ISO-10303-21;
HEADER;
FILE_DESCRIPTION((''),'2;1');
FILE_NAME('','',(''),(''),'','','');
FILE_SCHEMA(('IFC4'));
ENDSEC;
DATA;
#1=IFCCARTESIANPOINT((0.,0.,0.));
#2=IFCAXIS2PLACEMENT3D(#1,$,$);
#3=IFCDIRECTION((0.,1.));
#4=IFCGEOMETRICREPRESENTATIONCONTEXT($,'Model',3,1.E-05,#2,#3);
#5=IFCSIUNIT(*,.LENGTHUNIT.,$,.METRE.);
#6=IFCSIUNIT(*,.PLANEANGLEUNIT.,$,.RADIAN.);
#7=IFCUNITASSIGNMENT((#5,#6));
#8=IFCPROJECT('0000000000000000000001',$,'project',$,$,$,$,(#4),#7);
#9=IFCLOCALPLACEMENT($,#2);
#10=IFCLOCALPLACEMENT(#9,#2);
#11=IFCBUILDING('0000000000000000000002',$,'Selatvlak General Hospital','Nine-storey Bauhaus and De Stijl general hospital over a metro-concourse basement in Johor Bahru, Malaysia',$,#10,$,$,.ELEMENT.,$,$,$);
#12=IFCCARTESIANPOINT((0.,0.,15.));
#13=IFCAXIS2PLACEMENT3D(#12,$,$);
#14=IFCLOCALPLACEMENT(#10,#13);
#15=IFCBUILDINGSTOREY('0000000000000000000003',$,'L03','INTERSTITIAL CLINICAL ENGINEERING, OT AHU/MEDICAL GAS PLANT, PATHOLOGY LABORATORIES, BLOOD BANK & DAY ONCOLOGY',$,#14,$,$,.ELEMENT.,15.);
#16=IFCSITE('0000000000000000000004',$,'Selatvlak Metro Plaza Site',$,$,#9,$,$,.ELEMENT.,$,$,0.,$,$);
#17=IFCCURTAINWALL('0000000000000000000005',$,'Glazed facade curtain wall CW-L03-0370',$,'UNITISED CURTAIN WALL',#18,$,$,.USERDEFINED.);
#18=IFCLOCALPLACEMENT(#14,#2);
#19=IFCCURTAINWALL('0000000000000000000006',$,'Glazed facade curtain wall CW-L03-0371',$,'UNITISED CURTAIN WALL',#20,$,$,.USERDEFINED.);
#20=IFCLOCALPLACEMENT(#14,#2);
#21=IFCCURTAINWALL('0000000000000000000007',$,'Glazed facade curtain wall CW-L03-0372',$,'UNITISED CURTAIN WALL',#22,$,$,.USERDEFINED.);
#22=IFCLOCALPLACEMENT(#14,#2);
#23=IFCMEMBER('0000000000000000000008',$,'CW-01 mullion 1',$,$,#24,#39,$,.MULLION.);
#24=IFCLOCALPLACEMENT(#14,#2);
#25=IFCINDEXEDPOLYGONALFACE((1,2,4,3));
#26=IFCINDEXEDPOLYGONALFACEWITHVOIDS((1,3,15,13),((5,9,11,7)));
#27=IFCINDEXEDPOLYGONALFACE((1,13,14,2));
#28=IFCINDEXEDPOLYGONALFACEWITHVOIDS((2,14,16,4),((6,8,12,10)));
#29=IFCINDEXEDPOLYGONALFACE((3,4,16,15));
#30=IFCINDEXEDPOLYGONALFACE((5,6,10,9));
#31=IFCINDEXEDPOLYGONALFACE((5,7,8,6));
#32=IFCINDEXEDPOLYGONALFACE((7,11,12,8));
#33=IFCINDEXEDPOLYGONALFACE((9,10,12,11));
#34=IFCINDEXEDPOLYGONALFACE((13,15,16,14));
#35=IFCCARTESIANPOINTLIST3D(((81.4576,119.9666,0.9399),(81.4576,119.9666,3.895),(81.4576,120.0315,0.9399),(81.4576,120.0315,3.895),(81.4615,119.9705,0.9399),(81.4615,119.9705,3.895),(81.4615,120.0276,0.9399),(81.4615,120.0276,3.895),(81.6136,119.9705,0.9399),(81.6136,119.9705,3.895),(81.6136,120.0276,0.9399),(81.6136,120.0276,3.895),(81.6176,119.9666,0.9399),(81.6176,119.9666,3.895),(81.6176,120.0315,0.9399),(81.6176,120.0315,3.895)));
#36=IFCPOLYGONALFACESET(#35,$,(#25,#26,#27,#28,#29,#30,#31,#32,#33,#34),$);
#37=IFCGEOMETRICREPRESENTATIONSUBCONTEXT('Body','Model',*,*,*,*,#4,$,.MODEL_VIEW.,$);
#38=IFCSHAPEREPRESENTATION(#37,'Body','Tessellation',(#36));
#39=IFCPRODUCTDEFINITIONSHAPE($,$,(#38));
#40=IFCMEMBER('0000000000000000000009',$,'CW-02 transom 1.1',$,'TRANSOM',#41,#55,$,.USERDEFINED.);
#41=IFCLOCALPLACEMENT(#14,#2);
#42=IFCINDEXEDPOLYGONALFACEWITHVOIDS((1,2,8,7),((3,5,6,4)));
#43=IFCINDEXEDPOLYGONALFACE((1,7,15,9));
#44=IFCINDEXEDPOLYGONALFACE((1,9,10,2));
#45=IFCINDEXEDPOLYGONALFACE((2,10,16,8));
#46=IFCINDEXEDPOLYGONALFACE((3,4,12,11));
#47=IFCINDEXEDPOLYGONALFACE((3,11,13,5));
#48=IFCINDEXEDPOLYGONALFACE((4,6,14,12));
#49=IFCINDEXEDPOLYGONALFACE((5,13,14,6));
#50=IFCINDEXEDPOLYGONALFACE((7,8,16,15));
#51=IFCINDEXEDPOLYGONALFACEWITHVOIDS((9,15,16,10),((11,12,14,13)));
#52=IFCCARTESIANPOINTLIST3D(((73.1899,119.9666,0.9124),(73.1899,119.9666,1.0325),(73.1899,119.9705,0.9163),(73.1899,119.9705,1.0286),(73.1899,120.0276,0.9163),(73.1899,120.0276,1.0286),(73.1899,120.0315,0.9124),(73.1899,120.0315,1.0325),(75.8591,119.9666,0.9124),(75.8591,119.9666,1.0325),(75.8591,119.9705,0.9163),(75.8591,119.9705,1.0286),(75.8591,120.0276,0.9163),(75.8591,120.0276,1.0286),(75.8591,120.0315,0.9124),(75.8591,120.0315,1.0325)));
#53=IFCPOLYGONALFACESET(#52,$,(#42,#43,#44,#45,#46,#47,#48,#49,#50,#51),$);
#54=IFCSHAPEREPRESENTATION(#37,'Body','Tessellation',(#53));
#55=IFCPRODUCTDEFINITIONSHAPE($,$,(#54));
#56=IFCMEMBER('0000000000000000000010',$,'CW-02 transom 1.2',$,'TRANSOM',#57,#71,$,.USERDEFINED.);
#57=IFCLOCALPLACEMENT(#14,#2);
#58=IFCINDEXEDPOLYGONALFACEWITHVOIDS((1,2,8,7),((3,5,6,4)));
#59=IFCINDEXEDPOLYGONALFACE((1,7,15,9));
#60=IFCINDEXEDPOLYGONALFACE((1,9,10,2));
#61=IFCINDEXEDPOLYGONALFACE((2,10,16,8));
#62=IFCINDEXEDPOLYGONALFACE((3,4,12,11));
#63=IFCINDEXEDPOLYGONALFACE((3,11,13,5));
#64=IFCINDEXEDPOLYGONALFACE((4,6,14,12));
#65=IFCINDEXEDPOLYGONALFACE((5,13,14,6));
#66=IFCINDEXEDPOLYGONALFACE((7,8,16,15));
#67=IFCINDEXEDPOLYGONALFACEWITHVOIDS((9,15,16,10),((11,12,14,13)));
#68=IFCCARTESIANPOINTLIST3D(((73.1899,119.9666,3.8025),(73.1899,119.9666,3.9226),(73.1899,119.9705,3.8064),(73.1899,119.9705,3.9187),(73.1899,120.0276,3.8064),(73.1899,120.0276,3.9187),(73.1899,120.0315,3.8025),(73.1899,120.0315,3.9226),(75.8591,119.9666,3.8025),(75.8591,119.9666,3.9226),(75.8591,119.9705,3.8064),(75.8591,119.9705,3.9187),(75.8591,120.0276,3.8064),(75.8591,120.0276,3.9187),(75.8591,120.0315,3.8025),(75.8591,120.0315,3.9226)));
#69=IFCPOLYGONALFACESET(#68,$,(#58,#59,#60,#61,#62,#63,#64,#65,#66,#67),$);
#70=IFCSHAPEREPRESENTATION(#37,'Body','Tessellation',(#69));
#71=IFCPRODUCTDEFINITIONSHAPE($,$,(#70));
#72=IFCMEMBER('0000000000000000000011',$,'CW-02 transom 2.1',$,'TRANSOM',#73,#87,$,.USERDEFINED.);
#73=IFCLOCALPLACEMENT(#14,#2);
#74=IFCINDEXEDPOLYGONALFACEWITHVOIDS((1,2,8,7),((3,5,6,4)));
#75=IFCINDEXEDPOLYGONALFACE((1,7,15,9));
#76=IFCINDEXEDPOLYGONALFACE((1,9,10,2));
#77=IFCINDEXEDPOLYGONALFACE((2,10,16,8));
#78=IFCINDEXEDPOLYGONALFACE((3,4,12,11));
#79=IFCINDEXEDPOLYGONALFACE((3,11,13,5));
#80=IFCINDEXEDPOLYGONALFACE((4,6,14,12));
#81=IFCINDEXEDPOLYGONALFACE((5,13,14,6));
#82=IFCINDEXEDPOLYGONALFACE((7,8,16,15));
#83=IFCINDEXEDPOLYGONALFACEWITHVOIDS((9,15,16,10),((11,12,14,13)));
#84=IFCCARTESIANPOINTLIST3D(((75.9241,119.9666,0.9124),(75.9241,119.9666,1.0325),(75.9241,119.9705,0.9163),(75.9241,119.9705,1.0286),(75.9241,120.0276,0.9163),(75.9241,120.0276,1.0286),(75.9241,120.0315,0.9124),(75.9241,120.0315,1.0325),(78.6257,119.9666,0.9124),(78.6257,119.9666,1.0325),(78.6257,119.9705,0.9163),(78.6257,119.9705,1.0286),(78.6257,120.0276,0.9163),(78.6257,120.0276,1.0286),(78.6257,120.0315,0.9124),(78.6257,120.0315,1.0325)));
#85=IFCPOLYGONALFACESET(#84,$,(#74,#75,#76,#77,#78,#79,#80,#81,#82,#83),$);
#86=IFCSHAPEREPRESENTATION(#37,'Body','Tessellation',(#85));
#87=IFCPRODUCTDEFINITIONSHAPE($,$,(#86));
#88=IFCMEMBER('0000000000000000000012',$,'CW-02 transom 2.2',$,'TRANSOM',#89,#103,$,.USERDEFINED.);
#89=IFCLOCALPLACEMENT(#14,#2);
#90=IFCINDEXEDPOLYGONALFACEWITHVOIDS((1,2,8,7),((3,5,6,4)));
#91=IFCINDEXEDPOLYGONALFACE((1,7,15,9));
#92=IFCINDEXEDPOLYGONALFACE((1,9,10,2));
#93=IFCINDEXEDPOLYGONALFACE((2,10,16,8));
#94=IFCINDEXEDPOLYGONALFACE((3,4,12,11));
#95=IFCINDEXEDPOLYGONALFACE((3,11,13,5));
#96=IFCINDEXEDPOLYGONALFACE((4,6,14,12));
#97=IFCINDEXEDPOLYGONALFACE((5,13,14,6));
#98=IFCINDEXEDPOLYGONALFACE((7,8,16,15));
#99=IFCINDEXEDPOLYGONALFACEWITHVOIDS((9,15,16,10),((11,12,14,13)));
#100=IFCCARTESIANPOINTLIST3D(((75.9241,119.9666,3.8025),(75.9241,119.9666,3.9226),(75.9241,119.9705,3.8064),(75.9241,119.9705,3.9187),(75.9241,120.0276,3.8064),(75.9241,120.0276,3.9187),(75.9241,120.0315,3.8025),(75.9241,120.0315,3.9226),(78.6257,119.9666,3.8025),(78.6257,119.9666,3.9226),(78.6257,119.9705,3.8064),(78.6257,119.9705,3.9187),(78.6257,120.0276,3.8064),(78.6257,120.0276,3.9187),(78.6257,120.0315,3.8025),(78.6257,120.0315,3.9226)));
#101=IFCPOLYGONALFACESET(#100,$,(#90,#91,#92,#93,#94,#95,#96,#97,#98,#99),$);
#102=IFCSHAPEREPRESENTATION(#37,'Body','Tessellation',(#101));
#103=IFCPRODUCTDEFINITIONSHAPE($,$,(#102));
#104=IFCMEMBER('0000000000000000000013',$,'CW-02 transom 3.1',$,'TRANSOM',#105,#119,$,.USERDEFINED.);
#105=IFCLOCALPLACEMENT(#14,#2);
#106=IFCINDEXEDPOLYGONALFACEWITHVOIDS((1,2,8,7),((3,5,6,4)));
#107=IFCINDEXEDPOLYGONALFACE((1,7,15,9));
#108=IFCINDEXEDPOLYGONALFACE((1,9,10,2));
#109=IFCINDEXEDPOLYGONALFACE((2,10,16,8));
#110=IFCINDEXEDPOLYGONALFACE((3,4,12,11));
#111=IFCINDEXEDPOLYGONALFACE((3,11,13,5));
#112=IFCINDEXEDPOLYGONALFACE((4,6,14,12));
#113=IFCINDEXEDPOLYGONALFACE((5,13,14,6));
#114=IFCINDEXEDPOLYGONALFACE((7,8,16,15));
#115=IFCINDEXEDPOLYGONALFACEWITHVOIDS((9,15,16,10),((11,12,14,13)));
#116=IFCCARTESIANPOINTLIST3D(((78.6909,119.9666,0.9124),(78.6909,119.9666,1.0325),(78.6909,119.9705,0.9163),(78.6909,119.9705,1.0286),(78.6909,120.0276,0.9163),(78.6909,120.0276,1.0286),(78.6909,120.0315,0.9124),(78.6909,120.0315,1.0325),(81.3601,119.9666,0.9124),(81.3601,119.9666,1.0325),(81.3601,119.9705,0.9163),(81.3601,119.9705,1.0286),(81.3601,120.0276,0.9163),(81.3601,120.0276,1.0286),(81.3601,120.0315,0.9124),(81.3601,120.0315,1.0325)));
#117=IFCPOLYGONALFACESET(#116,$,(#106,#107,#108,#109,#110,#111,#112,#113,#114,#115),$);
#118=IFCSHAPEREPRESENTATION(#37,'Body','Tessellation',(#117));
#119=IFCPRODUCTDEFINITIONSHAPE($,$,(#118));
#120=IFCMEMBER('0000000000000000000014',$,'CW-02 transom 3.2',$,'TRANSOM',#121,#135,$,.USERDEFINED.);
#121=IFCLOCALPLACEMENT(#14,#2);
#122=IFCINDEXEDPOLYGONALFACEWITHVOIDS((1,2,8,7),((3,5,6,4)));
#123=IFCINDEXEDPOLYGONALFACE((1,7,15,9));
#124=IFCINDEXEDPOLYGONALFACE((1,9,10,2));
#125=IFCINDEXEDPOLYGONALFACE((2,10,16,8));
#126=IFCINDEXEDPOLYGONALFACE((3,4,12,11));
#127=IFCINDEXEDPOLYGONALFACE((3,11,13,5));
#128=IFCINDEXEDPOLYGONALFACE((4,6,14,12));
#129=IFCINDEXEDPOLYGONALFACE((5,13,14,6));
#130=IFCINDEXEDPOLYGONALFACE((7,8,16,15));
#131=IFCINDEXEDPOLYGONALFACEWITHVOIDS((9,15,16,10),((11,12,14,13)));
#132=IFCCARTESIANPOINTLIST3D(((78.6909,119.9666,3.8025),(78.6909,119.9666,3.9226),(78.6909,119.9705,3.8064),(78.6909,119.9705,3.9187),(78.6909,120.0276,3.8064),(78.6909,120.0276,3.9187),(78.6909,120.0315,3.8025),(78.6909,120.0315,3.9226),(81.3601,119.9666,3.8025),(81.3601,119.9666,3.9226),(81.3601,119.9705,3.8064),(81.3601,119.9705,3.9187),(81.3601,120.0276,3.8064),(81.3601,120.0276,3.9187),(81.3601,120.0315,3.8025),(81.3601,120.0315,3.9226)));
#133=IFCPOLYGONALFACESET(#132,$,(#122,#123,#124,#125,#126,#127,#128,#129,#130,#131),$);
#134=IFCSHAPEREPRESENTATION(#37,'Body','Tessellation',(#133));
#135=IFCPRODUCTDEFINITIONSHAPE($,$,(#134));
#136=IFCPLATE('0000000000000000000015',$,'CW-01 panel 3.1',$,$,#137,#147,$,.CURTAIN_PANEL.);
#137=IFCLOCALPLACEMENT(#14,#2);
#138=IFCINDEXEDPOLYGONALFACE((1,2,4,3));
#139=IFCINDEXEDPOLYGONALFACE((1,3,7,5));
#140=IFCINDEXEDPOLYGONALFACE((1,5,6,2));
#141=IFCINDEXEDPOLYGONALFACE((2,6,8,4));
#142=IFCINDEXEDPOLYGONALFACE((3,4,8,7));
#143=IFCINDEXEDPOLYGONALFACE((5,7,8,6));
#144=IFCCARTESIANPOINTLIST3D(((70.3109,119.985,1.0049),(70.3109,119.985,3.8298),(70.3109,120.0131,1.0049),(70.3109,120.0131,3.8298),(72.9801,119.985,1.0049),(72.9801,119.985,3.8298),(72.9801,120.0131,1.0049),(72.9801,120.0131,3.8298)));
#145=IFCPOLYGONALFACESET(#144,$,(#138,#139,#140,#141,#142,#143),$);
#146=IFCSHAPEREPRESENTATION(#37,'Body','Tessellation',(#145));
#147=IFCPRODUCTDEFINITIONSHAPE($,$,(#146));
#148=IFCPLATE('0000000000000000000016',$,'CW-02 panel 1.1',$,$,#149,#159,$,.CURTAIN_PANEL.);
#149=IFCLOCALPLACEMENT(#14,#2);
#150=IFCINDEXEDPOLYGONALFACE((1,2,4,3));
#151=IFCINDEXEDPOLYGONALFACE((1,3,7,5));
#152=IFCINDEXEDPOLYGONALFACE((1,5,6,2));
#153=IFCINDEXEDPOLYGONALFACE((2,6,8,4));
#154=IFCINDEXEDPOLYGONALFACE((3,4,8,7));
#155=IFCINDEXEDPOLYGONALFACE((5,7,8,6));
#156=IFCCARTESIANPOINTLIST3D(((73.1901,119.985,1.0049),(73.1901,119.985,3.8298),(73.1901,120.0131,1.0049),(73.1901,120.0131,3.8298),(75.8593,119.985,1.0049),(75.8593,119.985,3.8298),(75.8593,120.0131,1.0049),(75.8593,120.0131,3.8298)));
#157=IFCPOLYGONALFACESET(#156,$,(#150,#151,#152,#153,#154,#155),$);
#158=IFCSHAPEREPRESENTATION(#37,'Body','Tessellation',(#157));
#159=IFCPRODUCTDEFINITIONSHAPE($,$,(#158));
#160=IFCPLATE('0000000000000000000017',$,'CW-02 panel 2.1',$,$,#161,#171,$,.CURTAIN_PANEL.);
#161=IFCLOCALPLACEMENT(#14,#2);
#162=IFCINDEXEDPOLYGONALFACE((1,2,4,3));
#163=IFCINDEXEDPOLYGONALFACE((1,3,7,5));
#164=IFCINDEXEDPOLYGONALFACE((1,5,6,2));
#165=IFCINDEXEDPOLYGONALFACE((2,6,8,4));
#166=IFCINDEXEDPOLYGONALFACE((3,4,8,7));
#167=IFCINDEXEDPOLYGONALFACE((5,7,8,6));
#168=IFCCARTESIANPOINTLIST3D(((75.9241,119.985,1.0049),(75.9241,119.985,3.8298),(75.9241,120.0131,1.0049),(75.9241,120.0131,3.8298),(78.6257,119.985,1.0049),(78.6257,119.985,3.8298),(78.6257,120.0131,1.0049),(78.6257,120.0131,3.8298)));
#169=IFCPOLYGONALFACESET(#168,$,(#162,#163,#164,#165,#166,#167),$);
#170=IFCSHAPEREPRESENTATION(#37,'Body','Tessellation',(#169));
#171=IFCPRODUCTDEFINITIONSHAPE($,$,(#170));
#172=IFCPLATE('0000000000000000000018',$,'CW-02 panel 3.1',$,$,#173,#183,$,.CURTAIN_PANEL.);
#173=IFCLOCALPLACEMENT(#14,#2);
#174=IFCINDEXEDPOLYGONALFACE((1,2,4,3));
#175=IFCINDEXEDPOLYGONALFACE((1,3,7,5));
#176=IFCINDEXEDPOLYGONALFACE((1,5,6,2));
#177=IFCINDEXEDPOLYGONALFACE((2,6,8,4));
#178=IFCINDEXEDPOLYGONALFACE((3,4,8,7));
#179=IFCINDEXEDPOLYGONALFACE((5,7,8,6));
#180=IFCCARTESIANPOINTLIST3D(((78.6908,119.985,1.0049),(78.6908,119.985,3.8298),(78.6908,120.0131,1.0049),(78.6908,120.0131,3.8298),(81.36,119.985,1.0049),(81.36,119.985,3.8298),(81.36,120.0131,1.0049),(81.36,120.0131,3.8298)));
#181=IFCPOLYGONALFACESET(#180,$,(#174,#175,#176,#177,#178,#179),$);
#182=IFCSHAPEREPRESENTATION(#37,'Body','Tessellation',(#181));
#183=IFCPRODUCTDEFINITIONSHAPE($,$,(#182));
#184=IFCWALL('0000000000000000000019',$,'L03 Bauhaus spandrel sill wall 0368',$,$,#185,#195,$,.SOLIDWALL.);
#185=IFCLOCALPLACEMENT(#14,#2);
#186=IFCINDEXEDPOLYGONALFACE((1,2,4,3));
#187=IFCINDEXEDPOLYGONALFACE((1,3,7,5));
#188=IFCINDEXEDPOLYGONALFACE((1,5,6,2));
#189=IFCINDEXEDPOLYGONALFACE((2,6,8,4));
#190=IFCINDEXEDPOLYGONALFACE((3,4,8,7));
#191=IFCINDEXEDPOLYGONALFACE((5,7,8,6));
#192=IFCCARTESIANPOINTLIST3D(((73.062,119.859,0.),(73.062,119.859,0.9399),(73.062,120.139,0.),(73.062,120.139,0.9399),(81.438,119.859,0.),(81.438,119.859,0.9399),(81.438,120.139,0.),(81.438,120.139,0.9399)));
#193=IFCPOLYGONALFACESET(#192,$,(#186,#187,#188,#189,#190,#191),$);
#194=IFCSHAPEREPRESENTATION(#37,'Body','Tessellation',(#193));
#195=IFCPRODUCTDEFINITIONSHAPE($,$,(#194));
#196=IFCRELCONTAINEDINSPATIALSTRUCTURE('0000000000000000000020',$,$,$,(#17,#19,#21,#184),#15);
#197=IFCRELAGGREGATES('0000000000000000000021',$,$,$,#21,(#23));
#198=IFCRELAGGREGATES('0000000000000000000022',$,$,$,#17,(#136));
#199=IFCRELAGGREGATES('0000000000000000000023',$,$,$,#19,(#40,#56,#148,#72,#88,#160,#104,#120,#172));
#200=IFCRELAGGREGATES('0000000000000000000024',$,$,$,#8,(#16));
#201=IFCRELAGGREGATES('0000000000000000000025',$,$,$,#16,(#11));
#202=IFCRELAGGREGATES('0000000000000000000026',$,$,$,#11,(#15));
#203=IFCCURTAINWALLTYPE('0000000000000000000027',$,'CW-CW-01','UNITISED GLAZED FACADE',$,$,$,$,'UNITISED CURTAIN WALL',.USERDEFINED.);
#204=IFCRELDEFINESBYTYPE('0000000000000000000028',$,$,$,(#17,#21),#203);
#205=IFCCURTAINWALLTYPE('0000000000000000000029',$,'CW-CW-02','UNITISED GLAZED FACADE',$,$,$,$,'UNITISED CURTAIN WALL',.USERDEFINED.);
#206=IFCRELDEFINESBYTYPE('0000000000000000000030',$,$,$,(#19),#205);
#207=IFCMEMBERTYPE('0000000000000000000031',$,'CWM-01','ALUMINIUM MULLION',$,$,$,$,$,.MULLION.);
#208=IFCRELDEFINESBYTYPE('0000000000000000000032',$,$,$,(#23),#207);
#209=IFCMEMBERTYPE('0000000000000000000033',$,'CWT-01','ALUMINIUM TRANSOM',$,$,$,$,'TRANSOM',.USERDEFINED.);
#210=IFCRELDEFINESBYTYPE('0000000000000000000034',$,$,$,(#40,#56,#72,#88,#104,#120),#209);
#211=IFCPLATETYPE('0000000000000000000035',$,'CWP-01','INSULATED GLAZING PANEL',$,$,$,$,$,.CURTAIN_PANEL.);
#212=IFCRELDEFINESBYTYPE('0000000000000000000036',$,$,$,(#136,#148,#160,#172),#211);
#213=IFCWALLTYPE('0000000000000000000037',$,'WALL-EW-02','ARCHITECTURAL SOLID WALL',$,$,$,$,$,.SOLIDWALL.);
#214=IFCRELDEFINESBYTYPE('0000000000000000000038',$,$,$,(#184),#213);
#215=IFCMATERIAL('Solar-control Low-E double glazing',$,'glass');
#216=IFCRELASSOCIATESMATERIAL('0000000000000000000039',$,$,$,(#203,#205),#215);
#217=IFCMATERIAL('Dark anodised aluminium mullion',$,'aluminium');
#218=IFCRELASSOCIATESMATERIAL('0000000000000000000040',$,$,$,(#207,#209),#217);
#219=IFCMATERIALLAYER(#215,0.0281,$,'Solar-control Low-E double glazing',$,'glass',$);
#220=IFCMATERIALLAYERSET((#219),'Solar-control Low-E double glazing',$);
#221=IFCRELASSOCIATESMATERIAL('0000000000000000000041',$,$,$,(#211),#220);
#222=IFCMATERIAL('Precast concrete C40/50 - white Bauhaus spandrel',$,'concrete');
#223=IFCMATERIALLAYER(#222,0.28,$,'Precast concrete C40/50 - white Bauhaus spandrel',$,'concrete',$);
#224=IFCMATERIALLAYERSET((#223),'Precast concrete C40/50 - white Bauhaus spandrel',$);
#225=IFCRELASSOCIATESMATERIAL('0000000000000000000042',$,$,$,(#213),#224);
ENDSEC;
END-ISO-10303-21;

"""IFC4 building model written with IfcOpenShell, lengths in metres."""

from ifc_helpers import new_model, si_unit, direction, frame, frame_2d, origin, origin_2d, place, context, subcontext, project, spatial, rectangle, hollow_rectangle, extrude, material, layer, layer_set, material_profile, profile_set, type_object, element, aggregate, save


model = new_model("IFC4")

# Units and contexts
model_context = context("Model", 3, precision=1e-05, world=origin(), true_north=direction((0.0, 1.0)))
body_context = subcontext(model_context, "Body", "Model", "MODEL_VIEW")
ifc_project = project(units=[si_unit("LENGTHUNIT", "METRE"), si_unit("PLANEANGLEUNIT", "RADIAN")], contexts=[model_context])

# Site, building, storey
site_placement = place(None, origin())
site = spatial("IfcSite", under=ifc_project, at=site_placement, Name="Selatvlak Metro Plaza Site", CompositionType="ELEMENT", RefElevation=0.0)
building_placement = place(site_placement, origin())
building = spatial("IfcBuilding", under=site, at=building_placement, Name="Selatvlak General Hospital", Description="Nine-storey Bauhaus and De Stijl general hospital over a metro-concourse basement in Johor Bahru, Malaysia", CompositionType="ELEMENT")
storey_placement = place(building_placement, frame((0.0, 0.0, 15.0)))
storey = spatial("IfcBuildingStorey", under=building, at=storey_placement, Name="L03", Description="INTERSTITIAL CLINICAL ENGINEERING, OT AHU/MEDICAL GAS PLANT, PATHOLOGY LABORATORIES, BLOOD BANK & DAY ONCOLOGY", CompositionType="ELEMENT", Elevation=15.0)

# Curtain wall
ifc_material_1 = material(Name="Solar-control Low-E double glazing", Category="glass")
curtain_wall_type_1 = type_object("IfcCurtainWallType", Name="CW-CW-01", Description="UNITISED GLAZED FACADE", ElementType="UNITISED CURTAIN WALL", PredefinedType="USERDEFINED", material=ifc_material_1)
curtain_wall_1_placement = place(storey_placement, origin())
curtain_wall_1 = element("IfcCurtainWall", 1, at=curtain_wall_1_placement, inside=storey, type_object=curtain_wall_type_1, Name="Glazed facade curtain wall CW-L03-0370", ObjectType="UNITISED CURTAIN WALL", PredefinedType="USERDEFINED")
ifc_material_2 = material(Name="Dark anodised aluminium mullion", Category="aluminium")
ifc_material_profile_1 = material_profile(ifc_material_2, hollow_rectangle(XDim=0.0649, YDim=0.1599, WallThickness=0.0039, at=origin_2d()), Name="AL-MUL 65x160x4")
ifc_profile_set_1 = profile_set([ifc_material_profile_1], Name="Dark anodised aluminium mullion")
member_type_1 = type_object("IfcMemberType", Name="CWM-01", Description="ALUMINIUM MULLION", PredefinedType="MULLION", material=ifc_profile_set_1)

# Curtain wall
curtain_wall_type_2 = type_object("IfcCurtainWallType", Name="CW-CW-02", Description="UNITISED GLAZED FACADE", ElementType="UNITISED CURTAIN WALL", PredefinedType="USERDEFINED", material=ifc_material_1)
curtain_wall_2_placement = place(storey_placement, origin())
curtain_wall_2 = element("IfcCurtainWall", 2, at=curtain_wall_2_placement, inside=storey, type_object=curtain_wall_type_2, Name="Glazed facade curtain wall CW-L03-0371", ObjectType="UNITISED CURTAIN WALL", PredefinedType="USERDEFINED")

# Curtain wall, member
curtain_wall_3_placement = place(storey_placement, origin())
curtain_wall_3 = element("IfcCurtainWall", 3, at=curtain_wall_3_placement, inside=storey, type_object=curtain_wall_type_1, Name="Glazed facade curtain wall CW-L03-0372", ObjectType="UNITISED CURTAIN WALL", PredefinedType="USERDEFINED")
member_1_placement = place(storey_placement, frame((81.5376, 119.999, 0.9399), z_axis=(0.0, 0.0, 1.0), x_axis=(0.0, 1.0, 0.0)))
member_1 = element("IfcMember", 4, at=member_1_placement, type_object=member_type_1, Name="CW-01 mullion 1", PredefinedType="MULLION", context=body_context, shape_type="SweptSolid", body=[
    extrude(hollow_rectangle(XDim=0.0649, YDim=0.1599, WallThickness=0.0039, at=origin_2d()), origin(), (0.0, 0.0, 1.0), 2.9551),
])
aggregate(curtain_wall_3, [member_1])

# Members
ifc_material_profile_2 = material_profile(ifc_material_2, hollow_rectangle(XDim=0.0649, YDim=0.1201, WallThickness=0.0039, at=origin_2d()), Name="AL-TRN 65x120x4")
ifc_profile_set_2 = profile_set([ifc_material_profile_2], Name="Dark anodised aluminium mullion")
member_type_2 = type_object("IfcMemberType", Name="CWT-01", Description="ALUMINIUM TRANSOM", ElementType="TRANSOM", PredefinedType="USERDEFINED", material=ifc_profile_set_2)
member_2_placement = place(storey_placement, frame((73.1899, 119.999, 0.9724), z_axis=(1.0, 0.0, 0.0), x_axis=(0.0, 1.0, 0.0)))
member_2 = element("IfcMember", 5, at=member_2_placement, type_object=member_type_2, Name="CW-02 transom 1.1", ObjectType="TRANSOM", PredefinedType="USERDEFINED", context=body_context, shape_type="SweptSolid", body=[
    extrude(hollow_rectangle(XDim=0.0649, YDim=0.1201, WallThickness=0.0039, at=origin_2d()), origin(), (0.0, 0.0, 1.0), 2.6692),
])
member_3_placement = place(storey_placement, frame((73.1899, 119.999, 3.8625), z_axis=(1.0, 0.0, 0.0), x_axis=(0.0, 1.0, 0.0)))
member_3 = element("IfcMember", 6, at=member_3_placement, type_object=member_type_2, Name="CW-02 transom 1.2", ObjectType="TRANSOM", PredefinedType="USERDEFINED", context=body_context, shape_type="SweptSolid", body=[
    extrude(hollow_rectangle(XDim=0.0649, YDim=0.1201, WallThickness=0.0039, at=origin_2d()), origin(), (0.0, 0.0, 1.0), 2.6692),
])
member_4_placement = place(storey_placement, frame((75.9241, 119.999, 0.9724), z_axis=(1.0, 0.0, 0.0), x_axis=(0.0, 1.0, 0.0)))
member_4 = element("IfcMember", 7, at=member_4_placement, type_object=member_type_2, Name="CW-02 transom 2.1", ObjectType="TRANSOM", PredefinedType="USERDEFINED", context=body_context, shape_type="SweptSolid", body=[
    extrude(hollow_rectangle(XDim=0.0649, YDim=0.1201, WallThickness=0.0039, at=origin_2d()), origin(), (0.0, 0.0, 1.0), 2.7017),
])
member_5_placement = place(storey_placement, frame((75.9241, 119.999, 3.8625), z_axis=(1.0, 0.0, 0.0), x_axis=(0.0, 1.0, 0.0)))
member_5 = element("IfcMember", 8, at=member_5_placement, type_object=member_type_2, Name="CW-02 transom 2.2", ObjectType="TRANSOM", PredefinedType="USERDEFINED", context=body_context, shape_type="SweptSolid", body=[
    extrude(hollow_rectangle(XDim=0.0649, YDim=0.1201, WallThickness=0.0039, at=origin_2d()), origin(), (0.0, 0.0, 1.0), 2.7017),
])
member_6_placement = place(storey_placement, frame((78.6909, 119.999, 0.9724), z_axis=(1.0, 0.0, 0.0), x_axis=(0.0, 1.0, 0.0)))
member_6 = element("IfcMember", 9, at=member_6_placement, type_object=member_type_2, Name="CW-02 transom 3.1", ObjectType="TRANSOM", PredefinedType="USERDEFINED", context=body_context, shape_type="SweptSolid", body=[
    extrude(hollow_rectangle(XDim=0.0649, YDim=0.1201, WallThickness=0.0039, at=origin_2d()), origin(), (0.0, 0.0, 1.0), 2.6692),
])
member_7_placement = place(storey_placement, frame((78.6909, 119.999, 3.8625), z_axis=(1.0, 0.0, 0.0), x_axis=(0.0, 1.0, 0.0)))
member_7 = element("IfcMember", 10, at=member_7_placement, type_object=member_type_2, Name="CW-02 transom 3.2", ObjectType="TRANSOM", PredefinedType="USERDEFINED", context=body_context, shape_type="SweptSolid", body=[
    extrude(hollow_rectangle(XDim=0.0649, YDim=0.1201, WallThickness=0.0039, at=origin_2d()), origin(), (0.0, 0.0, 1.0), 2.6692),
])

# Plates
ifc_layer_1 = layer(ifc_material_1, 0.0281, Name="Solar-control Low-E double glazing", Category="glass")
ifc_layer_set_1 = layer_set([ifc_layer_1], Name="Solar-control Low-E double glazing")
plate_type = type_object("IfcPlateType", Name="CWP-01", Description="INSULATED GLAZING PANEL", PredefinedType="CURTAIN_PANEL", material=ifc_layer_set_1)
plate_1_placement = place(storey_placement, frame((71.6455, 119.999, 1.0049), z_axis=(0.0, 0.0, 1.0), x_axis=(1.0, 0.0, 0.0)))
plate_1 = element("IfcPlate", 11, at=plate_1_placement, type_object=plate_type, Name="CW-01 panel 3.1", PredefinedType="CURTAIN_PANEL", context=body_context, shape_type="SweptSolid", body=[
    extrude(rectangle(XDim=2.6692, YDim=0.0281, at=origin_2d()), origin(), (0.0, 0.0, 1.0), 2.825),
])
aggregate(curtain_wall_1, [plate_1])
plate_2_placement = place(storey_placement, frame((74.5247, 119.999, 1.0049), z_axis=(0.0, 0.0, 1.0), x_axis=(1.0, 0.0, 0.0)))
plate_2 = element("IfcPlate", 12, at=plate_2_placement, type_object=plate_type, Name="CW-02 panel 1.1", PredefinedType="CURTAIN_PANEL", context=body_context, shape_type="SweptSolid", body=[
    extrude(rectangle(XDim=2.6692, YDim=0.0281, at=origin_2d()), origin(), (0.0, 0.0, 1.0), 2.825),
])
plate_3_placement = place(storey_placement, frame((77.2749, 119.999, 1.0049), z_axis=(0.0, 0.0, 1.0), x_axis=(1.0, 0.0, 0.0)))
plate_3 = element("IfcPlate", 13, at=plate_3_placement, type_object=plate_type, Name="CW-02 panel 2.1", PredefinedType="CURTAIN_PANEL", context=body_context, shape_type="SweptSolid", body=[
    extrude(rectangle(XDim=2.7017, YDim=0.0281, at=origin_2d()), origin(), (0.0, 0.0, 1.0), 2.825),
])
plate_4_placement = place(storey_placement, frame((80.0254, 119.999, 1.0049), z_axis=(0.0, 0.0, 1.0), x_axis=(1.0, 0.0, 0.0)))
plate_4 = element("IfcPlate", 14, at=plate_4_placement, type_object=plate_type, Name="CW-02 panel 3.1", PredefinedType="CURTAIN_PANEL", context=body_context, shape_type="SweptSolid", body=[
    extrude(rectangle(XDim=2.6692, YDim=0.0281, at=origin_2d()), origin(), (0.0, 0.0, 1.0), 2.825),
])
aggregate(curtain_wall_2, [member_2, member_3, plate_2, member_4, member_5, plate_3, member_6, member_7, plate_4])

# Wall
ifc_material_3 = material(Name="Precast concrete C40/50 - white Bauhaus spandrel", Category="concrete")
ifc_layer_2 = layer(ifc_material_3, 0.28, Name="Precast concrete C40/50 - white Bauhaus spandrel", Category="concrete")
ifc_layer_set_2 = layer_set([ifc_layer_2], Name="Precast concrete C40/50 - white Bauhaus spandrel")
wall_type_1 = type_object("IfcWallType", Name="WALL-EW-02", Description="ARCHITECTURAL SOLID WALL", PredefinedType="SOLIDWALL", material=ifc_layer_set_2)
wall_1_placement = place(storey_placement, frame((73.062, 119.999, 0.0), z_axis=(0.0, 0.0, 1.0), x_axis=(1.0, 0.0, 0.0)))
element("IfcWall", 15, at=wall_1_placement, inside=storey, type_object=wall_type_1, Name="L03 Bauhaus spandrel sill wall 0368", PredefinedType="SOLIDWALL", context=body_context, shape_type="SweptSolid", body=[
    extrude(rectangle(XDim=8.376, YDim=0.28, at=frame_2d((4.188, 0.0))), origin(), (0.0, 0.0, 1.0), 0.9399),
])

save(model, "model.ifc")
